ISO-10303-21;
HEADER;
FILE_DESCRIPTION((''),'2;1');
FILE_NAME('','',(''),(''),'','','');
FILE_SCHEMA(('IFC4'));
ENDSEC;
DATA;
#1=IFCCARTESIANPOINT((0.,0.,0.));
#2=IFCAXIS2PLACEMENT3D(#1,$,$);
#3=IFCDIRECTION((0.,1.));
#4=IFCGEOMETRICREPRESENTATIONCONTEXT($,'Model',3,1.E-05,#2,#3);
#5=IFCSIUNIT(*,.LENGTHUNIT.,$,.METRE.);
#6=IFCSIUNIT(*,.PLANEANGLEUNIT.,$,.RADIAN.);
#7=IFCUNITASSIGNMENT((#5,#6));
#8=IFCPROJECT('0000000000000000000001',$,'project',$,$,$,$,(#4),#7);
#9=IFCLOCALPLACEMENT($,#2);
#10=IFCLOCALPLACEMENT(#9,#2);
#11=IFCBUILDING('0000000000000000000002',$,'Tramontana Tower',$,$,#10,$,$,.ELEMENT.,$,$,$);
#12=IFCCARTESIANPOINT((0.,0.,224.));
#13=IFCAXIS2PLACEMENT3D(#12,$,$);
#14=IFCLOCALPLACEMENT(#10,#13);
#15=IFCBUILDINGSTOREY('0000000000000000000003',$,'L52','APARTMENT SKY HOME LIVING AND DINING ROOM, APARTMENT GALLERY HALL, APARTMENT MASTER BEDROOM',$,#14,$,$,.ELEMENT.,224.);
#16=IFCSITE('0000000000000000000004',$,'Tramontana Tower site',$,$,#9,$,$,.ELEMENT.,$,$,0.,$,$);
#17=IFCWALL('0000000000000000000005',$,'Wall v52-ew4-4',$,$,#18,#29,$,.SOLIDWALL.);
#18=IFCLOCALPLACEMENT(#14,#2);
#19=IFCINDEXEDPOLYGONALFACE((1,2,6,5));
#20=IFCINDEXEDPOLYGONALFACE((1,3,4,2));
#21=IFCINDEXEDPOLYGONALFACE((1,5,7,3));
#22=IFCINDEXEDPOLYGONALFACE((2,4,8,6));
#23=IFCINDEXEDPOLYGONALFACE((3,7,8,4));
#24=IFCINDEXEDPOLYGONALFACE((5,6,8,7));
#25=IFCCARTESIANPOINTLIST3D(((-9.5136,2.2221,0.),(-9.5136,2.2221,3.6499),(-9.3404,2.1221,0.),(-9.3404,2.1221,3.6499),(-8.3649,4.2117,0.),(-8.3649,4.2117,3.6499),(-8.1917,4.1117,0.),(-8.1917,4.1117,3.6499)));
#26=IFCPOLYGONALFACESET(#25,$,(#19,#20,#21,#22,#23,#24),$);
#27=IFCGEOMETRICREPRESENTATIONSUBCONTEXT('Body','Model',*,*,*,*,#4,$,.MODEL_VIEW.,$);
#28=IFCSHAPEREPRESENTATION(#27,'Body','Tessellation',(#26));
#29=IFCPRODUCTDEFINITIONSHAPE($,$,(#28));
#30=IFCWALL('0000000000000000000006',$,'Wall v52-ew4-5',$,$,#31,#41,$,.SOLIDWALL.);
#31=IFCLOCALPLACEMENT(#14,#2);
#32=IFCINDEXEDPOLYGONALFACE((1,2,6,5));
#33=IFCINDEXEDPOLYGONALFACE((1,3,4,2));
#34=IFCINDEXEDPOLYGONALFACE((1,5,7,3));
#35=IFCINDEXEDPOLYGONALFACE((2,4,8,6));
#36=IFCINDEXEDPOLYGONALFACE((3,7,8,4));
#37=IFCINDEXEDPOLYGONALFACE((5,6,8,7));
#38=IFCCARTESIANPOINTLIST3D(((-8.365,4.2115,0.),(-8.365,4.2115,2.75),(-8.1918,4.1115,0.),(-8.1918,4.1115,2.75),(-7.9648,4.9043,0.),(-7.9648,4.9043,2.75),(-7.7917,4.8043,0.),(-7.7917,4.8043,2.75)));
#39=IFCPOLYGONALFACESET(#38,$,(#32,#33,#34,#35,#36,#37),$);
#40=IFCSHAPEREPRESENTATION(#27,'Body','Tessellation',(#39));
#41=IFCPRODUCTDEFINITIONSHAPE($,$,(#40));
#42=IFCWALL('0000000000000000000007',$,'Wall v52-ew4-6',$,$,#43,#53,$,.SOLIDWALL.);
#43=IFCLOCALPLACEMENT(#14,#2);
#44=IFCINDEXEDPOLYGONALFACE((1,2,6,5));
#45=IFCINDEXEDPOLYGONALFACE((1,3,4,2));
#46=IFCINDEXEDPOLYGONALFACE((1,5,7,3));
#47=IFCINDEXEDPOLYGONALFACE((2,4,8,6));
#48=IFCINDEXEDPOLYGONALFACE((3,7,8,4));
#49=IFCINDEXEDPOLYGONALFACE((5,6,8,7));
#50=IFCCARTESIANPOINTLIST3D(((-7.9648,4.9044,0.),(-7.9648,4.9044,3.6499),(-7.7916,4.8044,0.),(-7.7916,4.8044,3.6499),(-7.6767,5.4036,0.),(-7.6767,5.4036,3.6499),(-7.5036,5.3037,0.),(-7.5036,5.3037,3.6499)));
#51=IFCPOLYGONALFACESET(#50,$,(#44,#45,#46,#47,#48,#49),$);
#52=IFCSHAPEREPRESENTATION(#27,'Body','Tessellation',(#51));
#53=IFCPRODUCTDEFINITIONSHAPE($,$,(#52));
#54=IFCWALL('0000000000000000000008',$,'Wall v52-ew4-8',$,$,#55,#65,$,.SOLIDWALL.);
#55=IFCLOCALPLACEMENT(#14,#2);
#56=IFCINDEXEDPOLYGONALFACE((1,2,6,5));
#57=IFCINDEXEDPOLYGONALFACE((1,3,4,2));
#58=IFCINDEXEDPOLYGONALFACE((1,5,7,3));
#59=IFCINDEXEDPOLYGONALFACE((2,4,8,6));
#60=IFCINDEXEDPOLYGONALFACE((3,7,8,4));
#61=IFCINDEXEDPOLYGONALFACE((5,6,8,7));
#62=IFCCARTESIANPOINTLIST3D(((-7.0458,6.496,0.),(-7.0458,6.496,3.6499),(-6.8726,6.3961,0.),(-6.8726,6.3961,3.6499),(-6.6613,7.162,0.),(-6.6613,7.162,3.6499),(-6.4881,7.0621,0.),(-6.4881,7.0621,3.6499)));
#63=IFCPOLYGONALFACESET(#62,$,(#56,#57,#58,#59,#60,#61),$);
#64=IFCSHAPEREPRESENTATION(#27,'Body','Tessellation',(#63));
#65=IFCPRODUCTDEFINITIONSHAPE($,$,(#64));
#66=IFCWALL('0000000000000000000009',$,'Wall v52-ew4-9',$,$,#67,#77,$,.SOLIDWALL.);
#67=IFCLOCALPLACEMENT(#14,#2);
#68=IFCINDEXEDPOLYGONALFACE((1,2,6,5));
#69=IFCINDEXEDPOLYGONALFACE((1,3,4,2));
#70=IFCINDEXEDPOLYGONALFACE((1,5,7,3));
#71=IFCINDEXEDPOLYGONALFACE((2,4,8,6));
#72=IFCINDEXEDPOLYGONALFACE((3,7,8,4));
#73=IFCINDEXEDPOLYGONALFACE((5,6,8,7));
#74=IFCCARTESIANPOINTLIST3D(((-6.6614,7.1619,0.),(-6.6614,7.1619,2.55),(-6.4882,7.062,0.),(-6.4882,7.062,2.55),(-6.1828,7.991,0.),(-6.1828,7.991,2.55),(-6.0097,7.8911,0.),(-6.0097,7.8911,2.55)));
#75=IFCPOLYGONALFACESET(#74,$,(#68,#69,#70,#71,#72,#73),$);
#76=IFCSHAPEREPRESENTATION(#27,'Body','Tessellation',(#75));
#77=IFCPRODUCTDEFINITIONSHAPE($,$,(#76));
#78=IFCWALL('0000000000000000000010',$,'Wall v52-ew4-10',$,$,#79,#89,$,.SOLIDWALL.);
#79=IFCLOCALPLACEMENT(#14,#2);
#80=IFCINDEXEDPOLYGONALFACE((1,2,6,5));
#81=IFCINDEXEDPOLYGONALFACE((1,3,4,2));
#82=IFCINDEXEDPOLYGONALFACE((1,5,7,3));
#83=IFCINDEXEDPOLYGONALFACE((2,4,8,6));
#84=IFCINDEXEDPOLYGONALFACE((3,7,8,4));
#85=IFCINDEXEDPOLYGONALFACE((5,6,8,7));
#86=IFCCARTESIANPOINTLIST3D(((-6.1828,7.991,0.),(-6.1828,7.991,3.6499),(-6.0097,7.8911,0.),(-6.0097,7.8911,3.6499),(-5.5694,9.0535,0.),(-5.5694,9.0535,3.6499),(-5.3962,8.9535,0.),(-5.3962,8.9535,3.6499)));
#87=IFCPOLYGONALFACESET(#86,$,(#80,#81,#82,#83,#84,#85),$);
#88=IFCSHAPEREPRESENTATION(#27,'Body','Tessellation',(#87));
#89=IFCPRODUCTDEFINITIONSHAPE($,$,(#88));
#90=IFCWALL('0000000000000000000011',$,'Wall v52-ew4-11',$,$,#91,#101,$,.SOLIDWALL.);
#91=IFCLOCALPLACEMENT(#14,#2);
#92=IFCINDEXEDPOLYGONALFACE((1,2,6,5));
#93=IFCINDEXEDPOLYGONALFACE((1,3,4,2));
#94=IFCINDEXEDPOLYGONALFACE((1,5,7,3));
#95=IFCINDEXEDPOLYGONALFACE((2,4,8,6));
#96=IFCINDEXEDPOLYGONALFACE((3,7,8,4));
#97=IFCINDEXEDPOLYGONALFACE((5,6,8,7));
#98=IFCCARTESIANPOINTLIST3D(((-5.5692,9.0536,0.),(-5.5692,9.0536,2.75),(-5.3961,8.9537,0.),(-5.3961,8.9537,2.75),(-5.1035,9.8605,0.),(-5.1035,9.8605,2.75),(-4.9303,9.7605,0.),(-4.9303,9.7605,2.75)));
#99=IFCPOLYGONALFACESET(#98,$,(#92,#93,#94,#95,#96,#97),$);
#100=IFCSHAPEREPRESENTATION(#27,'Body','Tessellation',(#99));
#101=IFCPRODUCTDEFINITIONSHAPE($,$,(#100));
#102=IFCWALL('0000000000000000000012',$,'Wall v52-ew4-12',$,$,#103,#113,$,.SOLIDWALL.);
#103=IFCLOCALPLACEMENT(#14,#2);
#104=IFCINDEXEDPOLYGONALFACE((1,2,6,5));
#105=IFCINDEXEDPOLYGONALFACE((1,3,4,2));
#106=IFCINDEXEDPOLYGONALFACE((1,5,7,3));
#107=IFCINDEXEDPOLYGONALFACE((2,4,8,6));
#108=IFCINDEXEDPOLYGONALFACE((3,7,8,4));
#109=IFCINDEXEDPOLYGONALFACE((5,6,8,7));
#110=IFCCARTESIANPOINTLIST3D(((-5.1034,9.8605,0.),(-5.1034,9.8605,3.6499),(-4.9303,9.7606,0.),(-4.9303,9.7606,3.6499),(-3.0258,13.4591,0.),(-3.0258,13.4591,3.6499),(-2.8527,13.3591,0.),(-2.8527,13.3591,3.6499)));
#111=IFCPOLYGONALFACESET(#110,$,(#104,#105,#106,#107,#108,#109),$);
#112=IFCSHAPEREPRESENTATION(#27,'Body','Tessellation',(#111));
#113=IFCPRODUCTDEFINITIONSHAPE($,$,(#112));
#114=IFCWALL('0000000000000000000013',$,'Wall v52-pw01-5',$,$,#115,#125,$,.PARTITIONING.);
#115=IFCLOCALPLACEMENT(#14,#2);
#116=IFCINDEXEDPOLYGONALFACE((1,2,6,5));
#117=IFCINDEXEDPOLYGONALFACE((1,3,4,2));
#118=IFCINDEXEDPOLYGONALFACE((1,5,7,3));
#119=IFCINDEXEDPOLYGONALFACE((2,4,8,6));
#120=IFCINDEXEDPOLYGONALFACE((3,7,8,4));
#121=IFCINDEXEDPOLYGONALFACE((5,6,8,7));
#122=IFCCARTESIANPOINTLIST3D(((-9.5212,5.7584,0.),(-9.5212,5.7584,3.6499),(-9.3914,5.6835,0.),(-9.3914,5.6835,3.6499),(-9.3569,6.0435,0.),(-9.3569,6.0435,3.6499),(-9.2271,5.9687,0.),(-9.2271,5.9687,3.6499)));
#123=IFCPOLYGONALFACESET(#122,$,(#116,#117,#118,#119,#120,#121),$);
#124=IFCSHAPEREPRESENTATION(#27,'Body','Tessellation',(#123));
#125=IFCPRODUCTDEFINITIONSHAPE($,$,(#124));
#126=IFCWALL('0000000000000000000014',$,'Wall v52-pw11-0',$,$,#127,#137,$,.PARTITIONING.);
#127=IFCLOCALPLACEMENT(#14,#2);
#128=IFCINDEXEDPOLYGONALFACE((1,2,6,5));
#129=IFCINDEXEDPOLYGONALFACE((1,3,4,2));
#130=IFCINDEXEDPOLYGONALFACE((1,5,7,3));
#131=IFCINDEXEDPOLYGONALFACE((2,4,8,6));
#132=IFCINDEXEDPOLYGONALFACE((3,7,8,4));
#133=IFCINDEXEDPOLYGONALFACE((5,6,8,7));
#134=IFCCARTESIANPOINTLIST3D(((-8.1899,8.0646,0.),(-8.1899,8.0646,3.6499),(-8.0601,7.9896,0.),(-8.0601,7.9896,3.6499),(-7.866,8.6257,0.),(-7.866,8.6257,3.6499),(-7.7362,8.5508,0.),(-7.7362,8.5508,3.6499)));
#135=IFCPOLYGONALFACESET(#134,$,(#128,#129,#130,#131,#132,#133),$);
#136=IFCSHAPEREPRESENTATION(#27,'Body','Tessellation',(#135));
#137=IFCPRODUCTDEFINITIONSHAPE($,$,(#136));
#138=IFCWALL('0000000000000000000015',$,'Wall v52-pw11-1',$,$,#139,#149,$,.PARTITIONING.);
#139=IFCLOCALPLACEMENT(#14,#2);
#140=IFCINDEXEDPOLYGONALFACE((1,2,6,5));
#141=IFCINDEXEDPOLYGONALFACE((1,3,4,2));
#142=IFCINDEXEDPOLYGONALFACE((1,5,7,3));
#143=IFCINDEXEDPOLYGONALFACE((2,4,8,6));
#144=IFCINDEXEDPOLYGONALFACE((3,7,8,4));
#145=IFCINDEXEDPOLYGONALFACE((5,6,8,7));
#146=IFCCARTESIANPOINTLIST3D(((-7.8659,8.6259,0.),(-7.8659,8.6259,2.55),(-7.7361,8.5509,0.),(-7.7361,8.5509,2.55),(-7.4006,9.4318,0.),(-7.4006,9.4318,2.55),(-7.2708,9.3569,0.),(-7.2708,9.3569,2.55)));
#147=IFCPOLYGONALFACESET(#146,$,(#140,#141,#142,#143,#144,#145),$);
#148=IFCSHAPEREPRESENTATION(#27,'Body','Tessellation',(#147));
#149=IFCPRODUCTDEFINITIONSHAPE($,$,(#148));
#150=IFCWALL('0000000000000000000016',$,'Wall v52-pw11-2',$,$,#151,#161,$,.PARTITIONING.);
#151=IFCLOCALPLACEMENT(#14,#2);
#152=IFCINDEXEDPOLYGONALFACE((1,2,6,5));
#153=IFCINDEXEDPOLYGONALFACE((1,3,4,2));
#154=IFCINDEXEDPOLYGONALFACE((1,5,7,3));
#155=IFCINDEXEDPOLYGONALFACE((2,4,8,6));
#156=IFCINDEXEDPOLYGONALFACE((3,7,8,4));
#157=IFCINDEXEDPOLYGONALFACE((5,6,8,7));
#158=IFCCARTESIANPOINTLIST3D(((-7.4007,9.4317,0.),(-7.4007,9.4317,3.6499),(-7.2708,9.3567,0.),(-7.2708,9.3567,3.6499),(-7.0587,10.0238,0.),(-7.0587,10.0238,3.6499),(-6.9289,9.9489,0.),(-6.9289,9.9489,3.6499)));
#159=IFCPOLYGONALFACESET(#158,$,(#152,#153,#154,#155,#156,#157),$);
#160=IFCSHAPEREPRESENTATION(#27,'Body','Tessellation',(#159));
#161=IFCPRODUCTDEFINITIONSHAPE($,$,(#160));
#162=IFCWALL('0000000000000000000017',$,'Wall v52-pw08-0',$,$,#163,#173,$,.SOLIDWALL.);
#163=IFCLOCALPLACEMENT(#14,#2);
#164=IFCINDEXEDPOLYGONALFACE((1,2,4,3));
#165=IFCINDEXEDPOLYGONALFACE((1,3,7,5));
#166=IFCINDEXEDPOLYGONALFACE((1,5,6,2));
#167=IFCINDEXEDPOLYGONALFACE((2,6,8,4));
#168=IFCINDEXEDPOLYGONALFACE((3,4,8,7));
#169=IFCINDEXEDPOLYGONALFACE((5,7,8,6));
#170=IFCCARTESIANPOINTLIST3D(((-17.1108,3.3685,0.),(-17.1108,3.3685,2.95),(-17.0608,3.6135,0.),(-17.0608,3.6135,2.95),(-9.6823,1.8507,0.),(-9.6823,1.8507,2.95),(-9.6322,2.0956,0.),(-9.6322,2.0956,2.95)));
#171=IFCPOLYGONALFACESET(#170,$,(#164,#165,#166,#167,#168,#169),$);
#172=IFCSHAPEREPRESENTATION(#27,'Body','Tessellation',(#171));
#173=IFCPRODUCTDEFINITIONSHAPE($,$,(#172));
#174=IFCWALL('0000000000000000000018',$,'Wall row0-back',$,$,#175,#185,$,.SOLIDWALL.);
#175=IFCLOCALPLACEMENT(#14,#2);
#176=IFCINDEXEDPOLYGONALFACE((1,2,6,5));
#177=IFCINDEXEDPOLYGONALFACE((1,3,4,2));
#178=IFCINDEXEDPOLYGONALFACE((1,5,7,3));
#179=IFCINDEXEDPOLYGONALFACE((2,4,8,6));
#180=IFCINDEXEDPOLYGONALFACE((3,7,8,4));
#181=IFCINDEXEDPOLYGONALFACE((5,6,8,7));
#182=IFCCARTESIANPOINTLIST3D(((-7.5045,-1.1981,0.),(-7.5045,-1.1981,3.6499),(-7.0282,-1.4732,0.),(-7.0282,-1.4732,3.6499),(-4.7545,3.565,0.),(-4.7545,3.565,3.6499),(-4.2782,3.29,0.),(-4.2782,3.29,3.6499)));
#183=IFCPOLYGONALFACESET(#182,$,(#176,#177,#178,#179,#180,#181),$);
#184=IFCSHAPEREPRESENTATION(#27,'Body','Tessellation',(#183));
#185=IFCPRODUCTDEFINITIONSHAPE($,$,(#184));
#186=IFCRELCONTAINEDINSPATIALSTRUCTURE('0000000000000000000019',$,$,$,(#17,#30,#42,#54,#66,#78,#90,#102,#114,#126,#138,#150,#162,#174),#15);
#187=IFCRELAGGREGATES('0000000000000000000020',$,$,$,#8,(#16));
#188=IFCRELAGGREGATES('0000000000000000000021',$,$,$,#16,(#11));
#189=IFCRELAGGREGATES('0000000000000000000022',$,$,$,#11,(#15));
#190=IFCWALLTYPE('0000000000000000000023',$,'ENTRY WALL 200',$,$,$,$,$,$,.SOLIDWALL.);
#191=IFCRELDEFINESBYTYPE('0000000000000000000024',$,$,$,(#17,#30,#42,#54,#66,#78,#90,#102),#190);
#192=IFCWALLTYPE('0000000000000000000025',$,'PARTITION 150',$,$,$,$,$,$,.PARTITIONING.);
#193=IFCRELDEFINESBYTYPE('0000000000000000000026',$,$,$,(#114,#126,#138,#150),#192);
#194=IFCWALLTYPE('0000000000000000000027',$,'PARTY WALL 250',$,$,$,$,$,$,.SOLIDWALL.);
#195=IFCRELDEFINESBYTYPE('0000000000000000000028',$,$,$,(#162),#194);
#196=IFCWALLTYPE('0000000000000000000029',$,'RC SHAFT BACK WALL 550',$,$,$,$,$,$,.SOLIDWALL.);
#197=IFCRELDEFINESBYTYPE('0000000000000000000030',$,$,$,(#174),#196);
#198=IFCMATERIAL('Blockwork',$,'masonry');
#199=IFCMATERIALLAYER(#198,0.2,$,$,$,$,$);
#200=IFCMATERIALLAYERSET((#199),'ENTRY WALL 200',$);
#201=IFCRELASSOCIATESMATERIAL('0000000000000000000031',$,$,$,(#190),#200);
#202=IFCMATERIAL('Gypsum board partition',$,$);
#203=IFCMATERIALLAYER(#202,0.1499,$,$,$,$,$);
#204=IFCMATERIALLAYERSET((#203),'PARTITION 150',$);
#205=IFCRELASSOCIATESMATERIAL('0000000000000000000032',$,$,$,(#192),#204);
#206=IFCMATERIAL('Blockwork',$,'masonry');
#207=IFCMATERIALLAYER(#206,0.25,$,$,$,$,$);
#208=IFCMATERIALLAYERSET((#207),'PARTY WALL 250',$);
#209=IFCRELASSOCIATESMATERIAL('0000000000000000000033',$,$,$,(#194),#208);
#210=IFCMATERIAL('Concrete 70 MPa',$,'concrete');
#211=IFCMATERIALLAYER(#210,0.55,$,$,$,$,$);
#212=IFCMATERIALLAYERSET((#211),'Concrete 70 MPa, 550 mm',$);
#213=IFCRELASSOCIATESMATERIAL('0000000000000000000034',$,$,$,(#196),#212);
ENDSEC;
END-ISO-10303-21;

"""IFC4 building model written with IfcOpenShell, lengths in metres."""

from ifc_helpers import new_model, si_unit, direction, frame, frame_2d, origin, place, context, subcontext, project, spatial, rectangle, extrude, material, layer, layer_set, type_object, element, save


model = new_model("IFC4")

# Units and contexts
model_context = context("Model", 3, precision=1e-05, world=origin(), true_north=direction((0.0, 1.0)))
body_context = subcontext(model_context, "Body", "Model", "MODEL_VIEW")
ifc_project = project(units=[si_unit("LENGTHUNIT", "METRE"), si_unit("PLANEANGLEUNIT", "RADIAN")], contexts=[model_context])

# Site, building, storey
site_placement = place(None, origin())
site = spatial("IfcSite", under=ifc_project, at=site_placement, Name="Tramontana Tower site", CompositionType="ELEMENT", RefElevation=0.0)
building_placement = place(site_placement, origin())
building = spatial("IfcBuilding", under=site, at=building_placement, Name="Tramontana Tower", CompositionType="ELEMENT")
storey_placement = place(building_placement, frame((0.0, 0.0, 224.0)))
storey = spatial("IfcBuildingStorey", under=building, at=storey_placement, Name="L52", Description="APARTMENT SKY HOME LIVING AND DINING ROOM, APARTMENT GALLERY HALL, APARTMENT MASTER BEDROOM", CompositionType="ELEMENT", Elevation=224.0)

# Walls
ifc_material_1 = material(Name="Blockwork", Category="masonry")
ifc_layer_1 = layer(ifc_material_1, 0.2)
ifc_layer_set_1 = layer_set([ifc_layer_1], Name="ENTRY WALL 200")
wall_type_1 = type_object("IfcWallType", Name="ENTRY WALL 200", PredefinedType="SOLIDWALL", material=ifc_layer_set_1)
wall_1_placement = place(storey_placement, frame((-9.427, 2.1721, 0.0), z_axis=(0.0, 0.0, 1.0), x_axis=(0.500014, 0.866017, 0.0)))
element("IfcWall", 1, at=wall_1_placement, inside=storey, type_object=wall_type_1, Name="Wall v52-ew4-4", PredefinedType="SOLIDWALL", context=body_context, shape_type="SweptSolid", body=[
    extrude(rectangle(XDim=2.2974, YDim=0.2, at=frame_2d((1.1487, 0.0))), origin(), (0.0, 0.0, 1.0), 3.6499),
])
wall_2_placement = place(storey_placement, frame((-8.2783, 4.1616, 0.0), z_axis=(0.0, 0.0, 1.0), x_axis=(0.50011, 0.865962, 0.0)))
element("IfcWall", 2, at=wall_2_placement, inside=storey, type_object=wall_type_1, Name="Wall v52-ew4-5", PredefinedType="SOLIDWALL", context=body_context, shape_type="SweptSolid", body=[
    extrude(rectangle(XDim=0.8, YDim=0.2, at=frame_2d((0.3999, 0.0))), origin(), (0.0, 0.0, 1.0), 2.75),
])
wall_3_placement = place(storey_placement, frame((-7.8782, 4.8545, 0.0), z_axis=(0.0, 0.0, 1.0), x_axis=(0.499784, 0.86615, 0.0)))
element("IfcWall", 3, at=wall_3_placement, inside=storey, type_object=wall_type_1, Name="Wall v52-ew4-6", PredefinedType="SOLIDWALL", context=body_context, shape_type="SweptSolid", body=[
    extrude(rectangle(XDim=0.5764, YDim=0.2, at=frame_2d((0.2881, 0.0))), origin(), (0.0, 0.0, 1.0), 3.6499),
])

# Walls
wall_4_placement = place(storey_placement, frame((-6.9592, 6.446, 0.0), z_axis=(0.0, 0.0, 1.0), x_axis=(0.499997, 0.866027, 0.0)))
element("IfcWall", 4, at=wall_4_placement, inside=storey, type_object=wall_type_1, Name="Wall v52-ew4-8", PredefinedType="SOLIDWALL", context=body_context, shape_type="SweptSolid", body=[
    extrude(rectangle(XDim=0.769, YDim=0.2, at=frame_2d((0.3845, 0.0))), origin(), (0.0, 0.0, 1.0), 3.6499),
])
wall_5_placement = place(storey_placement, frame((-6.5747, 7.1121, 0.0), z_axis=(0.0, 0.0, 1.0), x_axis=(0.49987, 0.866101, 0.0)))
element("IfcWall", 5, at=wall_5_placement, inside=storey, type_object=wall_type_1, Name="Wall v52-ew4-9", PredefinedType="SOLIDWALL", context=body_context, shape_type="SweptSolid", body=[
    extrude(rectangle(XDim=0.9573, YDim=0.2, at=frame_2d((0.4785, 0.0))), origin(), (0.0, 0.0, 1.0), 2.55),
])
wall_6_placement = place(storey_placement, frame((-6.0962, 7.9412, 0.0), z_axis=(0.0, 0.0, 1.0), x_axis=(0.500055, 0.865993, 0.0)))
element("IfcWall", 6, at=wall_6_placement, inside=storey, type_object=wall_type_1, Name="Wall v52-ew4-10", PredefinedType="SOLIDWALL", context=body_context, shape_type="SweptSolid", body=[
    extrude(rectangle(XDim=1.2268, YDim=0.2, at=frame_2d((0.6133, 0.0))), origin(), (0.0, 0.0, 1.0), 3.6499),
])
wall_7_placement = place(storey_placement, frame((-5.4827, 9.0037, 0.0), z_axis=(0.0, 0.0, 1.0), x_axis=(0.499972, 0.866042, 0.0)))
element("IfcWall", 7, at=wall_7_placement, inside=storey, type_object=wall_type_1, Name="Wall v52-ew4-11", PredefinedType="SOLIDWALL", context=body_context, shape_type="SweptSolid", body=[
    extrude(rectangle(XDim=0.9316, YDim=0.2, at=frame_2d((0.4658, 0.0))), origin(), (0.0, 0.0, 1.0), 2.75),
])
wall_8_placement = place(storey_placement, frame((-5.0168, 9.8105, 0.0), z_axis=(0.0, 0.0, 1.0), x_axis=(0.499994, 0.866029, 0.0)))
element("IfcWall", 8, at=wall_8_placement, inside=storey, type_object=wall_type_1, Name="Wall v52-ew4-12", PredefinedType="SOLIDWALL", context=body_context, shape_type="SweptSolid", body=[
    extrude(rectangle(XDim=4.1553, YDim=0.2, at=frame_2d((2.0776, 0.0))), origin(), (0.0, 0.0, 1.0), 3.6499),
])
ifc_material_2 = material(Name="Gypsum board partition")
ifc_layer_2 = layer(ifc_material_2, 0.1499)
ifc_layer_set_2 = layer_set([ifc_layer_2], Name="PARTITION 150")
wall_type_2 = type_object("IfcWallType", Name="PARTITION 150", PredefinedType="PARTITIONING", material=ifc_layer_set_2)
wall_9_placement = place(storey_placement, frame((-9.4563, 5.7209, 0.0), z_axis=(0.0, 0.0, 1.0), x_axis=(0.499251, 0.866457, 0.0)))
element("IfcWall", 9, at=wall_9_placement, inside=storey, type_object=wall_type_2, Name="Wall v52-pw01-5", PredefinedType="PARTITIONING", context=body_context, shape_type="SweptSolid", body=[
    extrude(rectangle(XDim=0.3291, YDim=0.1499, at=frame_2d((0.1646, 0.0))), origin(), (0.0, 0.0, 1.0), 3.6499),
])

# Walls
wall_10_placement = place(storey_placement, frame((-8.125, 8.0271, 0.0), z_axis=(0.0, 0.0, 1.0), x_axis=(0.499907, 0.866079, 0.0)))
element("IfcWall", 10, at=wall_10_placement, inside=storey, type_object=wall_type_2, Name="Wall v52-pw11-0", PredefinedType="PARTITIONING", context=body_context, shape_type="SweptSolid", body=[
    extrude(rectangle(XDim=0.6479, YDim=0.1499, at=frame_2d((0.324, 0.0))), origin(), (0.0, 0.0, 1.0), 3.6499),
])
wall_11_placement = place(storey_placement, frame((-7.801, 8.5884, 0.0), z_axis=(0.0, 0.0, 1.0), x_axis=(0.500033, 0.866006, 0.0)))
element("IfcWall", 11, at=wall_11_placement, inside=storey, type_object=wall_type_2, Name="Wall v52-pw11-1", PredefinedType="PARTITIONING", context=body_context, shape_type="SweptSolid", body=[
    extrude(rectangle(XDim=0.9307, YDim=0.1499, at=frame_2d((0.4653, 0.0))), origin(), (0.0, 0.0, 1.0), 2.55),
])
wall_12_placement = place(storey_placement, frame((-7.3357, 9.3943, 0.0), z_axis=(0.0, 0.0, 1.0), x_axis=(0.500093, 0.865972, 0.0)))
element("IfcWall", 12, at=wall_12_placement, inside=storey, type_object=wall_type_2, Name="Wall v52-pw11-2", PredefinedType="PARTITIONING", context=body_context, shape_type="SweptSolid", body=[
    extrude(rectangle(XDim=0.6838, YDim=0.1499, at=frame_2d((0.3418, 0.0))), origin(), (0.0, 0.0, 1.0), 3.6499),
])
ifc_material_3 = material(Name="Blockwork", Category="masonry")
ifc_layer_3 = layer(ifc_material_3, 0.25)
ifc_layer_set_3 = layer_set([ifc_layer_3], Name="PARTY WALL 250")
wall_type_3 = type_object("IfcWallType", Name="PARTY WALL 250", PredefinedType="SOLIDWALL", material=ifc_layer_set_3)
wall_13_placement = place(storey_placement, frame((-9.6572, 1.9731, 0.0), z_axis=(0.0, 0.0, 1.0), x_axis=(-0.979757, 0.200189, 0.0)))
element("IfcWall", 13, at=wall_13_placement, inside=storey, type_object=wall_type_3, Name="Wall v52-pw08-0", PredefinedType="SOLIDWALL", context=body_context, shape_type="SweptSolid", body=[
    extrude(rectangle(XDim=7.582, YDim=0.25, at=frame_2d((3.791, 0.0))), origin(), (0.0, 0.0, 1.0), 2.95),
])
ifc_material_4 = material(Name="Concrete 70 MPa", Category="concrete")
ifc_layer_4 = layer(ifc_material_4, 0.55)
ifc_layer_set_4 = layer_set([ifc_layer_4], Name="Concrete 70 MPa, 550 mm")
wall_type_4 = type_object("IfcWallType", Name="RC SHAFT BACK WALL 550", PredefinedType="SOLIDWALL", material=ifc_layer_set_4)
wall_14_placement = place(storey_placement, frame((-4.5164, 3.4275, 0.0), z_axis=(0.0, 0.0, 1.0), x_axis=(-0.499997, -0.866027, 0.0)))
element("IfcWall", 14, at=wall_14_placement, inside=storey, type_object=wall_type_4, Name="Wall row0-back", PredefinedType="SOLIDWALL", context=body_context, shape_type="SweptSolid", body=[
    extrude(rectangle(XDim=5.5, YDim=0.55, at=frame_2d((2.75, 0.0))), origin(), (0.0, 0.0, 1.0), 3.6499),
])

save(model, "model.ifc")
